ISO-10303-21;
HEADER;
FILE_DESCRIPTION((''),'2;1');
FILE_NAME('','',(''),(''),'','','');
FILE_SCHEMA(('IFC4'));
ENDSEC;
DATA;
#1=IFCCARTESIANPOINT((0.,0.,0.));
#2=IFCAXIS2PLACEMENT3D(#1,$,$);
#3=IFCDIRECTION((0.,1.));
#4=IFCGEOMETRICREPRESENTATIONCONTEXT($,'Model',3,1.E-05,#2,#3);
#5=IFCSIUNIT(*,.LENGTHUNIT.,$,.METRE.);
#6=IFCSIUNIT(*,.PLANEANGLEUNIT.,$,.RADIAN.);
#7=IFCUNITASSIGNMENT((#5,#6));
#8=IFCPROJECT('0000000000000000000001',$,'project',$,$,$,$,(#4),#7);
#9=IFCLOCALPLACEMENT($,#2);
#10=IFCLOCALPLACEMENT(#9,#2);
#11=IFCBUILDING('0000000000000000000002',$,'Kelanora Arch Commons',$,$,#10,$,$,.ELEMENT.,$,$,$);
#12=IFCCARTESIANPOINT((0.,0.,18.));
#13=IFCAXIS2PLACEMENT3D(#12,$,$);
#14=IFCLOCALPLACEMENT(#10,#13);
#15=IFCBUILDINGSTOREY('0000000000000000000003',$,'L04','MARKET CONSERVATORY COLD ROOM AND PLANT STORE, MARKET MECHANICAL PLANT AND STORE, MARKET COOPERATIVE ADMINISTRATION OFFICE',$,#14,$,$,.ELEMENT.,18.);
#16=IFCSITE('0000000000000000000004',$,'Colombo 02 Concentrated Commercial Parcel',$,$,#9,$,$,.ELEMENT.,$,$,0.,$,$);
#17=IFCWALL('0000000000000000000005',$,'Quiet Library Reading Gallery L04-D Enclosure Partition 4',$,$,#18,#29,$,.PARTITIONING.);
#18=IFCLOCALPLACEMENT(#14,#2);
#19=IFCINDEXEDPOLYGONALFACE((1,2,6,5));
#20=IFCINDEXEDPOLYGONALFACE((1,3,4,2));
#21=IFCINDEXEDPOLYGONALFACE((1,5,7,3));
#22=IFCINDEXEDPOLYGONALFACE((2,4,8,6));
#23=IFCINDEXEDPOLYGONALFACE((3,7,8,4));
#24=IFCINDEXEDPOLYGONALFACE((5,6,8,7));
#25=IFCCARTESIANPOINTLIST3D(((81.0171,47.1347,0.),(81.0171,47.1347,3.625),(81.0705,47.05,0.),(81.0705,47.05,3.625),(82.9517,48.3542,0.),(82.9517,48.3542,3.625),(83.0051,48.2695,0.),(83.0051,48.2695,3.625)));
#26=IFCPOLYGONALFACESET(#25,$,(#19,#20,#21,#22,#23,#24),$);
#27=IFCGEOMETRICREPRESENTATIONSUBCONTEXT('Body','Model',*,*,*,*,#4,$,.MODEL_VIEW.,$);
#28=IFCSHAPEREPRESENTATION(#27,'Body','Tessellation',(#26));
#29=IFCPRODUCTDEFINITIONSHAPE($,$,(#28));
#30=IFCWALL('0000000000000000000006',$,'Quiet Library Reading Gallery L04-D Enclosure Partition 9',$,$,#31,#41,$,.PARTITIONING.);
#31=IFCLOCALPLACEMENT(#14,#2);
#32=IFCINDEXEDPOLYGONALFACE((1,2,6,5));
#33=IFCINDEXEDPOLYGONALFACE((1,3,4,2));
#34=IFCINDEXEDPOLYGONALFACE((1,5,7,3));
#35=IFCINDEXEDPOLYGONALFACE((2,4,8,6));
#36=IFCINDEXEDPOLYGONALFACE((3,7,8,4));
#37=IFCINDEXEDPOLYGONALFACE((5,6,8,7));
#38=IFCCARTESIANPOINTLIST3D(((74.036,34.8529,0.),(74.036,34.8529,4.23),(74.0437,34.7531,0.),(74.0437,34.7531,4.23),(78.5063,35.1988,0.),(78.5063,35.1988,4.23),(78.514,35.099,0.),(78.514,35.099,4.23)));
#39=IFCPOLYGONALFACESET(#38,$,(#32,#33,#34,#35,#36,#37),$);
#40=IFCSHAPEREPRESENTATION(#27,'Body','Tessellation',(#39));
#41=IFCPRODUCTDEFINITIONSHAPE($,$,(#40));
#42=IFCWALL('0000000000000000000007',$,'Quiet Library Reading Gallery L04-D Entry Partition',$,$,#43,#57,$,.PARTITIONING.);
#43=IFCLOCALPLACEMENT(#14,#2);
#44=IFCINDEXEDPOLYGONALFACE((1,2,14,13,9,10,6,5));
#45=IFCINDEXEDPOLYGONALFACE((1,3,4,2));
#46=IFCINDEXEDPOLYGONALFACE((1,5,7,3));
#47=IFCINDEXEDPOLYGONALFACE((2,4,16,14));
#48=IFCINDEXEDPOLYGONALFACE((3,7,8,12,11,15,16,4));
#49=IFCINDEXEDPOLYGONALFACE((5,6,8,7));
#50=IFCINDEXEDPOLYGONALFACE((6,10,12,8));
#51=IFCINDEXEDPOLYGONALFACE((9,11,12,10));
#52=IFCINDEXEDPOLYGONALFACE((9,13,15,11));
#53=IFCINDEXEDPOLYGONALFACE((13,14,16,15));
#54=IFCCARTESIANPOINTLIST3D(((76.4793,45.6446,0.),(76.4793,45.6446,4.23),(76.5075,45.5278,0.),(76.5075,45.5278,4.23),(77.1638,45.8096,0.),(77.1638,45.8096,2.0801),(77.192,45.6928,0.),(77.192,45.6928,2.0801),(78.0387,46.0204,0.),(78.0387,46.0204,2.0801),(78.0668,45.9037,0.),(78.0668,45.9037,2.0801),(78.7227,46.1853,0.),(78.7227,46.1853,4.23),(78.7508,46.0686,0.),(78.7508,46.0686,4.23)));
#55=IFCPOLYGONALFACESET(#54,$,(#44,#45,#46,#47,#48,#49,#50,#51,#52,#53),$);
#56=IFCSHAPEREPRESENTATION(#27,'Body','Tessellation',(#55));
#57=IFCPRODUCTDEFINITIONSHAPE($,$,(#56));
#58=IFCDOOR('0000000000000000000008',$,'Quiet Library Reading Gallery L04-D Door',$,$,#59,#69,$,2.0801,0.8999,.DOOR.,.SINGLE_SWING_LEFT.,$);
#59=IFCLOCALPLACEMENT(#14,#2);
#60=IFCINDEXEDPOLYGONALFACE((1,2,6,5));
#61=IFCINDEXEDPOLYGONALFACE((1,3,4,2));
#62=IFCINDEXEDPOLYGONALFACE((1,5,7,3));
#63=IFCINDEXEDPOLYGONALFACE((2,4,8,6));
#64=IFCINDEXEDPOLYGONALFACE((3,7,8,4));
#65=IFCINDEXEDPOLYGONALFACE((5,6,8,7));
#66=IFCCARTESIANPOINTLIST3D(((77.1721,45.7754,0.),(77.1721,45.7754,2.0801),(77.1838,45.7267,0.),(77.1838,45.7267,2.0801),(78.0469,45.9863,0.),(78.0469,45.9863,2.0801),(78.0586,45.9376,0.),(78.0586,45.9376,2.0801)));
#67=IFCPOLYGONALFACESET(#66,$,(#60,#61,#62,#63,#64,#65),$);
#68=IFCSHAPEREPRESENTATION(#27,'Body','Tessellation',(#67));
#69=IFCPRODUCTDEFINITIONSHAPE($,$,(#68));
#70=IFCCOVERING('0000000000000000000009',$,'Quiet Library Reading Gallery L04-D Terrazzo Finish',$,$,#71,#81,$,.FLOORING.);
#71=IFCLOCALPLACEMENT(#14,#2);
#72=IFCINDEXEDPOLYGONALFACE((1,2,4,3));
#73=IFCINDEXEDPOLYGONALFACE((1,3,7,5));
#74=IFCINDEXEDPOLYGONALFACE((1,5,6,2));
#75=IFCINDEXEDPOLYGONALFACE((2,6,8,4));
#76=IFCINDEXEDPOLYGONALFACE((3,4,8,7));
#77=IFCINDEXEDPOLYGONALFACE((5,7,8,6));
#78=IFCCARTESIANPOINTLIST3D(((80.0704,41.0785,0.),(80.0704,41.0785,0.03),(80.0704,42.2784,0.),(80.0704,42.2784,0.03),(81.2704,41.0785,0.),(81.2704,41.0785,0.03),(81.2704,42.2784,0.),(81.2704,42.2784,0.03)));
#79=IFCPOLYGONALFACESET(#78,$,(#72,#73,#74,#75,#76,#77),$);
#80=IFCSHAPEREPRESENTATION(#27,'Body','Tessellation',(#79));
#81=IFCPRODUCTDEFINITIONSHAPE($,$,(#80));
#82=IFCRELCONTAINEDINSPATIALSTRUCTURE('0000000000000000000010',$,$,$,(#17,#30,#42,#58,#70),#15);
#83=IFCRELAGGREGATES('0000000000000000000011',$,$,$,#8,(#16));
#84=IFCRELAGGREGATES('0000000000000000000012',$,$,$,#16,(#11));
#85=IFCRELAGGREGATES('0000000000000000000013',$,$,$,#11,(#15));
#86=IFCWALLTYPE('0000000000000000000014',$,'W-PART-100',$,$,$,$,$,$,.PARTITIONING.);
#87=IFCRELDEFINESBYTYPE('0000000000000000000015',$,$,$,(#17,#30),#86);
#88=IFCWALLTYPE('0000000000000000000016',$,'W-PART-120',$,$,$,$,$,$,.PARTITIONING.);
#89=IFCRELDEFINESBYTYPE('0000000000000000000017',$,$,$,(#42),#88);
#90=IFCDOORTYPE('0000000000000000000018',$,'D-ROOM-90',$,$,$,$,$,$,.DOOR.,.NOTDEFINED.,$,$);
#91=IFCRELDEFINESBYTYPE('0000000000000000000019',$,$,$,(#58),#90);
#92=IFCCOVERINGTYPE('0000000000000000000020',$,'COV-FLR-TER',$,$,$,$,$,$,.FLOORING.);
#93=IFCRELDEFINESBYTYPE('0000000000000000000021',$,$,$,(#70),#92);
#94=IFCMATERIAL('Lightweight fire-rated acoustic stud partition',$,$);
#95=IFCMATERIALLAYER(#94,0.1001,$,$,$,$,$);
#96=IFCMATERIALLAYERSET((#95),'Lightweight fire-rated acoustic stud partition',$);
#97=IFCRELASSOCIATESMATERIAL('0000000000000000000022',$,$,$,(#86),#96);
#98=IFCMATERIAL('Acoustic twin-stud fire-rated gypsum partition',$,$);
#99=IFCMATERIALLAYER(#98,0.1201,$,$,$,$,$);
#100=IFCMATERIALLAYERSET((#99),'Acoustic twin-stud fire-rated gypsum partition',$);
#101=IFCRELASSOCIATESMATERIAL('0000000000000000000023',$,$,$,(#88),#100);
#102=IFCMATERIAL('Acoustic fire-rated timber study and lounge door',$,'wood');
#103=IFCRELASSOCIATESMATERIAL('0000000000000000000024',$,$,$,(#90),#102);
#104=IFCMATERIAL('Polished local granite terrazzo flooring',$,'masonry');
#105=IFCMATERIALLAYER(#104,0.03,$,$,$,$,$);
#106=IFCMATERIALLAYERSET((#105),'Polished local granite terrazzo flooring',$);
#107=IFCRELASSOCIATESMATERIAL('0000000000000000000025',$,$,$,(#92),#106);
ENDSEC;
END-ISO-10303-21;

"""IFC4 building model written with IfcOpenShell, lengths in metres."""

from ifc_helpers import new_model, si_unit, direction, frame, frame_2d, origin, origin_2d, place, context, subcontext, project, spatial, rectangle, extrude, source, transform, mapped, material, layer, layer_set, type_object, element, fill, save


model = new_model("IFC4")

# Units and contexts
model_context = context("Model", 3, precision=1e-05, world=origin(), true_north=direction((0.0, 1.0)))
body_context = subcontext(model_context, "Body", "Model", "MODEL_VIEW")
ifc_project = project(units=[si_unit("LENGTHUNIT", "METRE"), si_unit("PLANEANGLEUNIT", "RADIAN")], contexts=[model_context])

# Site, building, storey
site_placement = place(None, origin())
site = spatial("IfcSite", under=ifc_project, at=site_placement, Name="Colombo 02 Concentrated Commercial Parcel", CompositionType="ELEMENT", RefElevation=0.0)
building_placement = place(site_placement, origin())
building = spatial("IfcBuilding", under=site, at=building_placement, Name="Kelanora Arch Commons", CompositionType="ELEMENT")
storey_placement = place(building_placement, frame((0.0, 0.0, 18.0)))
storey = spatial("IfcBuildingStorey", under=building, at=storey_placement, Name="L04", Description="MARKET CONSERVATORY COLD ROOM AND PLANT STORE, MARKET MECHANICAL PLANT AND STORE, MARKET COOPERATIVE ADMINISTRATION OFFICE", CompositionType="ELEMENT", Elevation=18.0)

# Walls
ifc_material_1 = material(Name="Lightweight fire-rated acoustic stud partition")
ifc_layer_1 = layer(ifc_material_1, 0.1001)
ifc_layer_set_1 = layer_set([ifc_layer_1], Name="Lightweight fire-rated acoustic stud partition")
wall_type_1 = type_object("IfcWallType", Name="W-PART-100", PredefinedType="PARTITIONING", material=ifc_layer_set_1)
wall_1_placement = place(storey_placement, frame((81.0437, 47.0923, 0.0), z_axis=(0.0, 0.0, 1.0), x_axis=(0.845953, 0.533258, 0.0)))
element("IfcWall", 1, at=wall_1_placement, inside=storey, type_object=wall_type_1, Name="Quiet Library Reading Gallery L04-D Enclosure Partition 4", PredefinedType="PARTITIONING", context=body_context, shape_type="SweptSolid", body=[
    extrude(rectangle(XDim=2.2869, YDim=0.1001, at=frame_2d((1.1436, 0.0))), origin(), (0.0, 0.0, 1.0), 3.625),
])
wall_2_placement = place(storey_placement, frame((78.51, 35.1489, 0.0), z_axis=(0.0, 0.0, 1.0), x_axis=(-0.997019, -0.077159, 0.0)))
element("IfcWall", 2, at=wall_2_placement, inside=storey, type_object=wall_type_1, Name="Quiet Library Reading Gallery L04-D Enclosure Partition 9", PredefinedType="PARTITIONING", context=body_context, shape_type="SweptSolid", body=[
    extrude(rectangle(XDim=4.4836, YDim=0.1001, at=frame_2d((2.2417, 0.0))), origin(), (0.0, 0.0, 1.0), 4.23),
])

# Wall, opening, door
ifc_material_2 = material(Name="Acoustic twin-stud fire-rated gypsum partition")
ifc_layer_2 = layer(ifc_material_2, 0.1201)
ifc_layer_set_2 = layer_set([ifc_layer_2], Name="Acoustic twin-stud fire-rated gypsum partition")
wall_type_2 = type_object("IfcWallType", Name="W-PART-120", PredefinedType="PARTITIONING", material=ifc_layer_set_2)
wall_3_placement = place(storey_placement, frame((76.4934, 45.5862, 0.0), z_axis=(0.0, 0.0, 1.0), x_axis=(0.972155, 0.234337, 0.0)))
wall_3 = element("IfcWall", 3, at=wall_3_placement, inside=storey, type_object=wall_type_2, Name="Quiet Library Reading Gallery L04-D Entry Partition", PredefinedType="PARTITIONING", context=body_context, shape_type="SweptSolid", body=[
    extrude(rectangle(XDim=2.3076, YDim=0.1201, at=frame_2d((1.1538, 0.0))), origin(), (0.0, 0.0, 1.0), 4.23),
])
opening_1_placement = place(wall_3_placement, frame((0.7041, 0.0, 0.0)))
opening_1 = element("IfcOpeningElement", 4, at=opening_1_placement, cuts=wall_3, PredefinedType="OPENING", context=body_context, shape_type="SweptSolid", body=[
    extrude(rectangle(XDim=0.8999, YDim=2.0801, at=frame_2d((0.45, 1.04))), frame((0.0, 0.0701, 0.0), z_axis=(0.0, -1.0, 0.0), x_axis=(1.0, 0.0, 0.0)), (0.0, 0.0, 1.0), 0.1401),
])
ifc_material_3 = material(Name="Acoustic fire-rated timber study and lounge door", Category="wood")
door_type_1 = type_object("IfcDoorType", Name="D-ROOM-90", OperationType="NOTDEFINED", PredefinedType="DOOR", material=ifc_material_3)
door_1_placement = place(opening_1_placement, origin())
door_1 = element("IfcDoor", 5, at=door_1_placement, inside=storey, type_object=door_type_1, Name="Quiet Library Reading Gallery L04-D Door", OperationType="SINGLE_SWING_LEFT", OverallHeight=2.0801, OverallWidth=0.8999, PredefinedType="DOOR", context=body_context, shape_type="SweptSolid", body=[
    extrude(rectangle(XDim=0.8999, YDim=2.0801, at=frame_2d((0.45, 1.04))), frame((0.0, 0.0249, 0.0), z_axis=(0.0, -1.0, 0.0), x_axis=(1.0, 0.0, 0.0)), (0.0, 0.0, 1.0), 0.05),
])
fill(opening_1, door_1)

# Covering
ifc_material_4 = material(Name="Polished local granite terrazzo flooring", Category="masonry")
ifc_layer_3 = layer(ifc_material_4, 0.03)
ifc_layer_set_3 = layer_set([ifc_layer_3], Name="Polished local granite terrazzo flooring")
covering_type = type_object("IfcCoveringType", Name="COV-FLR-TER", PredefinedType="FLOORING", material=ifc_layer_set_3)
shared_shape = source(origin(), body_context, "Body", "SweptSolid", [
    extrude(rectangle(XDim=1.2, YDim=1.2, at=origin_2d()), origin(), (0.0, 0.0, 1.0), 0.03),
])
covering_placement = place(storey_placement, frame((80.6704, 41.6785, 0.0), z_axis=(0.0, 0.0, 1.0), x_axis=(1.0, 0.0, 0.0)))
element("IfcCovering", 6, at=covering_placement, inside=storey, type_object=covering_type, Name="Quiet Library Reading Gallery L04-D Terrazzo Finish", PredefinedType="FLOORING", context=body_context, shape_type="MappedRepresentation", body=[
    mapped(shared_shape, transform((0.0, 0.0, 0.0), scale=1.0)),
])

save(model, "model.ifc")
